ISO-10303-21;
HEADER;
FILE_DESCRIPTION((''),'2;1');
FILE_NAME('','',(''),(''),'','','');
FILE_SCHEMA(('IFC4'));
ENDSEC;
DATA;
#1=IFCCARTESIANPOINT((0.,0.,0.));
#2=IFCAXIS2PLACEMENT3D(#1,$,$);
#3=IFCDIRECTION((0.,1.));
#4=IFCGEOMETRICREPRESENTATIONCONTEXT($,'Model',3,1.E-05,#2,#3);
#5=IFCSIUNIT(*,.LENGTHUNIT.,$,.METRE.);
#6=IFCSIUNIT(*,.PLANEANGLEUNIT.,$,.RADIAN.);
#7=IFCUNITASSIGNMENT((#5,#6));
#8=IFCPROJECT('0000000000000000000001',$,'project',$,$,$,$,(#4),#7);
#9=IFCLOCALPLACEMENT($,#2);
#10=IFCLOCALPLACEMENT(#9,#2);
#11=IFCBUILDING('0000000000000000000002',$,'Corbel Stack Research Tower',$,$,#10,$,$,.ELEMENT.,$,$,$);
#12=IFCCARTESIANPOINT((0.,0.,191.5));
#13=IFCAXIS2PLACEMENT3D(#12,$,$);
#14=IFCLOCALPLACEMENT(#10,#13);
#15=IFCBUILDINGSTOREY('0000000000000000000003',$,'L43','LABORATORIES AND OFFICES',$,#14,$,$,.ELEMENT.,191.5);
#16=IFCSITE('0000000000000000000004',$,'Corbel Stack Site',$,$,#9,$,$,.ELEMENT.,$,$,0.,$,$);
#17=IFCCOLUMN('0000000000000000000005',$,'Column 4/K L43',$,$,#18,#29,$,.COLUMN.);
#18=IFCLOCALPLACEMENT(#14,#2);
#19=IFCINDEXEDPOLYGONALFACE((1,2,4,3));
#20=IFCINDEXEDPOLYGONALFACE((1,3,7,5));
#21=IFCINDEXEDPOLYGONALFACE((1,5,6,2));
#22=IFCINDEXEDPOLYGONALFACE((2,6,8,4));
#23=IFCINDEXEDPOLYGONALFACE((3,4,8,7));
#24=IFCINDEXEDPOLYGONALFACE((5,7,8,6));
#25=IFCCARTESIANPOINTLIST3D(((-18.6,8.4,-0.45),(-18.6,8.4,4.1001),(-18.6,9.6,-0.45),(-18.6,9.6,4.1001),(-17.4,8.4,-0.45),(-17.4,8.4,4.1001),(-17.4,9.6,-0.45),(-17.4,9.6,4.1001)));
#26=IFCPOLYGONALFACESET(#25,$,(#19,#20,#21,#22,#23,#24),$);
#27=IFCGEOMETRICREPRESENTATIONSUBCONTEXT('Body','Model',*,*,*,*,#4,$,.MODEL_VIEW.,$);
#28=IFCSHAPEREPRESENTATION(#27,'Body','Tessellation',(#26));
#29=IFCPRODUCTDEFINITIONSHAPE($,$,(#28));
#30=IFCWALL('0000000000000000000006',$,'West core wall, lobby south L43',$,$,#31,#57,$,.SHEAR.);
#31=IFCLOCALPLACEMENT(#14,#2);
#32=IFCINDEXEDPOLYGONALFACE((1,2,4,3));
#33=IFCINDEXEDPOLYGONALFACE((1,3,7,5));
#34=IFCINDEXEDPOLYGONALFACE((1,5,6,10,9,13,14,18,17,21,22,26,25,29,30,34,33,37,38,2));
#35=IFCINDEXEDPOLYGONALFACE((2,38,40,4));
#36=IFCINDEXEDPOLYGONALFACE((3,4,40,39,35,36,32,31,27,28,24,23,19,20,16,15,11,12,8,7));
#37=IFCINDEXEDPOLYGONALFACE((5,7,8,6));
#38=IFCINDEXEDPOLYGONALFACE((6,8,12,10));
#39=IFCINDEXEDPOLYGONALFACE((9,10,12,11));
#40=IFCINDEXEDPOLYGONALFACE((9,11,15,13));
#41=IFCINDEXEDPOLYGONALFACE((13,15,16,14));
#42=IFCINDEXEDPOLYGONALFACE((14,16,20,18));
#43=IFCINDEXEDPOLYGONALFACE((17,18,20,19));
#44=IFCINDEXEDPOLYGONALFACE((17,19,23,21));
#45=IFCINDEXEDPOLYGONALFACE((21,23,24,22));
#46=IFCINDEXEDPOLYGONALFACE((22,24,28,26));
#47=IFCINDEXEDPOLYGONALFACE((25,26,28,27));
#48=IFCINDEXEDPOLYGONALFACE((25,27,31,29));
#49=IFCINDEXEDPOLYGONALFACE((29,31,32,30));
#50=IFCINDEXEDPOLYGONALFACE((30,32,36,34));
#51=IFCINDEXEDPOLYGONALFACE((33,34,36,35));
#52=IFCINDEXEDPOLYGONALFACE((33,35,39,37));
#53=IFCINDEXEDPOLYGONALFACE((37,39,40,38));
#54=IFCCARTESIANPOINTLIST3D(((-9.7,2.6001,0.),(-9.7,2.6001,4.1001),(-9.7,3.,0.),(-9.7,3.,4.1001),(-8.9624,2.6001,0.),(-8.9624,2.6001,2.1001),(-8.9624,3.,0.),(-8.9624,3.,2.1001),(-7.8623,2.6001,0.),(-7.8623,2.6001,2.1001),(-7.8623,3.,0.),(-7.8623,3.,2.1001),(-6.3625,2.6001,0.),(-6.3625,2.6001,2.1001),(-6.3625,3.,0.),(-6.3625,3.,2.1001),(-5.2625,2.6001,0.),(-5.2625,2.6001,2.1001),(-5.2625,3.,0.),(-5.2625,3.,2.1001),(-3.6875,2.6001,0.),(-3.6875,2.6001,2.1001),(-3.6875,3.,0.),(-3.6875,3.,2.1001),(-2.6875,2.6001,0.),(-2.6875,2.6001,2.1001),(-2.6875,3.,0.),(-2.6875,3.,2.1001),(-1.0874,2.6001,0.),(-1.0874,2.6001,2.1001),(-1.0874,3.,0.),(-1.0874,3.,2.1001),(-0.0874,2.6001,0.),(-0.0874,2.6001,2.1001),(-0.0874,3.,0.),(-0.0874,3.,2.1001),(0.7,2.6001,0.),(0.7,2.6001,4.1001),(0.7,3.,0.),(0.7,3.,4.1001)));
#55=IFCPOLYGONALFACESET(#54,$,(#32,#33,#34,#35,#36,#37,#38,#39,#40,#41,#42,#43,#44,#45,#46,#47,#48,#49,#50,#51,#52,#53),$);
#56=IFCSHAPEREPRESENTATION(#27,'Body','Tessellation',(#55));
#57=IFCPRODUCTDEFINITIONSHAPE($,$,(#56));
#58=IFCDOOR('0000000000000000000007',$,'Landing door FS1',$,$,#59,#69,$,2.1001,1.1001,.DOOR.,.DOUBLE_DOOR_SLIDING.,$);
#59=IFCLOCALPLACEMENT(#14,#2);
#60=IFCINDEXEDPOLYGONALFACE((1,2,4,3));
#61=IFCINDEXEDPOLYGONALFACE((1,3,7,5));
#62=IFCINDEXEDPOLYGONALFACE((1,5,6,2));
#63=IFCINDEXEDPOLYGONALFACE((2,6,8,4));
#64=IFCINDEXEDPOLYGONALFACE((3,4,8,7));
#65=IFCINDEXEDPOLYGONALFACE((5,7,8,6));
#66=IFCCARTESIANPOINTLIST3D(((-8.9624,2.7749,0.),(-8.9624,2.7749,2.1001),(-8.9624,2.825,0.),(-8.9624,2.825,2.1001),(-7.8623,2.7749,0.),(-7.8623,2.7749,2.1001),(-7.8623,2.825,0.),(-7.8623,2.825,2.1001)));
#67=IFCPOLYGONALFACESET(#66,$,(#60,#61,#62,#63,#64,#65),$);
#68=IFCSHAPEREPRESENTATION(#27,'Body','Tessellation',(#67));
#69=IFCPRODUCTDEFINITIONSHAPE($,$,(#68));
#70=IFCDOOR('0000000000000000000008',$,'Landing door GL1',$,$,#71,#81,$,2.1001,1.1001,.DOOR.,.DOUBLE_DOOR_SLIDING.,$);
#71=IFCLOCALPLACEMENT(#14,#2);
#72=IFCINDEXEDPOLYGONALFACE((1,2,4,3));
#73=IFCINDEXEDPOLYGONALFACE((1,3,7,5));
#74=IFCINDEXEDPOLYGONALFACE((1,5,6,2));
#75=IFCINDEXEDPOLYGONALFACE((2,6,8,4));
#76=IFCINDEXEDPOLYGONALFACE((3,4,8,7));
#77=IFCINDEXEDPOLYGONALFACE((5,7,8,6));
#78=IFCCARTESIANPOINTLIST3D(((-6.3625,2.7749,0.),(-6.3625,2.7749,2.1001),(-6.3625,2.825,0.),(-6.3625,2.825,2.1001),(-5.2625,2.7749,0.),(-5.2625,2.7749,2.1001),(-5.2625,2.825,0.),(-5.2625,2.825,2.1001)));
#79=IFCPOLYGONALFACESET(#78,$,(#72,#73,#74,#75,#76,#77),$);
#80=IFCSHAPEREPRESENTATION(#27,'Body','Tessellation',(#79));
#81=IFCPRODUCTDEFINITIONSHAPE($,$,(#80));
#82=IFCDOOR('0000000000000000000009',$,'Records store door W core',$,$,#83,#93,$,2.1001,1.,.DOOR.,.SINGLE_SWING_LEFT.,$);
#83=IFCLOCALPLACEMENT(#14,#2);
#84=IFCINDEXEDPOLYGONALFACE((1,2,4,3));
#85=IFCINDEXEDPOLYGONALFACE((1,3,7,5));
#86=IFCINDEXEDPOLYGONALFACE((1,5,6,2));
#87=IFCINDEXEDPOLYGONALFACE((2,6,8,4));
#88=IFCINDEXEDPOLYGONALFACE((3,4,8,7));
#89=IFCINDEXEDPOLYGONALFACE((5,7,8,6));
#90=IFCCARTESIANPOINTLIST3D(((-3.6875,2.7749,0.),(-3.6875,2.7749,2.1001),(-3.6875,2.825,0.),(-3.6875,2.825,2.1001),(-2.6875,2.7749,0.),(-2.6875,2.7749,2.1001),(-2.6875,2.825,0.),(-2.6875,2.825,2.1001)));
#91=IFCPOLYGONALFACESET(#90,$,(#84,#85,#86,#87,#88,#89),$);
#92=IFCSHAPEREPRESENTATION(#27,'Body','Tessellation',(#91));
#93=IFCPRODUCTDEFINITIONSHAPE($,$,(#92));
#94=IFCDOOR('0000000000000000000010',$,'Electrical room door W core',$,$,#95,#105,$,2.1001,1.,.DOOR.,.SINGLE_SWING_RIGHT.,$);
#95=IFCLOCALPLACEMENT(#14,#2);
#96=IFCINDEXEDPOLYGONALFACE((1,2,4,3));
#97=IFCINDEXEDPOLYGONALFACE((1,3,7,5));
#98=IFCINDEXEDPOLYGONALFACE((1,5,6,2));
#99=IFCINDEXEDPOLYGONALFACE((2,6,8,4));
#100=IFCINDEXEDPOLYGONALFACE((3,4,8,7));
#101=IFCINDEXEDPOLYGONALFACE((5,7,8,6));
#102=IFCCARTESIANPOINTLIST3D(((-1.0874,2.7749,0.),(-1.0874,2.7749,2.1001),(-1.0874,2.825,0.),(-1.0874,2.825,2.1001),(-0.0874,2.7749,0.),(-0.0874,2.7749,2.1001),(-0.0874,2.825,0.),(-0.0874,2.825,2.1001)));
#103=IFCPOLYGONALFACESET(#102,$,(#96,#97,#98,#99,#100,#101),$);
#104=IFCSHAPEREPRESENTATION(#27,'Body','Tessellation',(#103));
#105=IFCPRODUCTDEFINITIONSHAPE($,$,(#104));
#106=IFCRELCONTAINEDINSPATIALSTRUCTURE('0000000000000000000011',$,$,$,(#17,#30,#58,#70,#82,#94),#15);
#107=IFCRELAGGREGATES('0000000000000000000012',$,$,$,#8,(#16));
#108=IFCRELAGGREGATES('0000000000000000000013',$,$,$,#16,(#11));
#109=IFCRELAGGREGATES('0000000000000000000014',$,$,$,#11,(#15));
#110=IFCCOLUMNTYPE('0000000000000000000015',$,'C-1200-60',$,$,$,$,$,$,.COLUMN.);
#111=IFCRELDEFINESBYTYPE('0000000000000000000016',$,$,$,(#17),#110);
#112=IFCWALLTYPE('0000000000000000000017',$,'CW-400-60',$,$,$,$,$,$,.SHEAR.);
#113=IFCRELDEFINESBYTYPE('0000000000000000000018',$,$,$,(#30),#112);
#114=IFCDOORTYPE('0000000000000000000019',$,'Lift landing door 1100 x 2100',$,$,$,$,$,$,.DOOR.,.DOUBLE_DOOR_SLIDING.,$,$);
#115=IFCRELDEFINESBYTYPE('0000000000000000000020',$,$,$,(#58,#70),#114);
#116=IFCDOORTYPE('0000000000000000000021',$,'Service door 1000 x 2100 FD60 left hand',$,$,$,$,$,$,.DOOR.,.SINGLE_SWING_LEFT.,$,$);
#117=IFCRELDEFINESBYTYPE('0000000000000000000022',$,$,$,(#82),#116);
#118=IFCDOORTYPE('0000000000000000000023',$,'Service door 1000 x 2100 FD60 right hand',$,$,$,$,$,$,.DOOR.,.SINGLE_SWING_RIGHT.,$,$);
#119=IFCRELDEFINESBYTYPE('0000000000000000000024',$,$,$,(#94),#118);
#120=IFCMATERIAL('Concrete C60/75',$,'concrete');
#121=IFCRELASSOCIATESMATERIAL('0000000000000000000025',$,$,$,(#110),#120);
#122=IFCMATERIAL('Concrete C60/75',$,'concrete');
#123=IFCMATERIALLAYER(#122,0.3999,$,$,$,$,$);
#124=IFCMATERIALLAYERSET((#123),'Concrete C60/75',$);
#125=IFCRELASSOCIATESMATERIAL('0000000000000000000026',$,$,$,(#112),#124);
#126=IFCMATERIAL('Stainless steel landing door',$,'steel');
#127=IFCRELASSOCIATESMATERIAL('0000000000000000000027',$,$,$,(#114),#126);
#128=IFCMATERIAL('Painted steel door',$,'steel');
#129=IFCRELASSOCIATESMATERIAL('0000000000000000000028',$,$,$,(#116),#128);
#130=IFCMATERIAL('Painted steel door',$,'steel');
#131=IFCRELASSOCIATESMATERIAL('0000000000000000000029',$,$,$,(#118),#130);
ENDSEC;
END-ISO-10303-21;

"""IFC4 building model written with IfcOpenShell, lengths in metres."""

from ifc_helpers import new_model, si_unit, direction, frame, frame_2d, origin, origin_2d, place, context, subcontext, project, spatial, rectangle, extrude, material, layer, layer_set, material_profile, profile_set, type_object, element, fill, save


model = new_model("IFC4")

# Units and contexts
model_context = context("Model", 3, precision=1e-05, world=origin(), true_north=direction((0.0, 1.0)))
body_context = subcontext(model_context, "Body", "Model", "MODEL_VIEW")
ifc_project = project(units=[si_unit("LENGTHUNIT", "METRE"), si_unit("PLANEANGLEUNIT", "RADIAN")], contexts=[model_context])

# Site, building, storey
site_placement = place(None, origin())
site = spatial("IfcSite", under=ifc_project, at=site_placement, Name="Corbel Stack Site", CompositionType="ELEMENT", RefElevation=0.0)
building_placement = place(site_placement, origin())
building = spatial("IfcBuilding", under=site, at=building_placement, Name="Corbel Stack Research Tower", CompositionType="ELEMENT")
storey_placement = place(building_placement, frame((0.0, 0.0, 191.5)))
storey = spatial("IfcBuildingStorey", under=building, at=storey_placement, Name="L43", Description="LABORATORIES AND OFFICES", CompositionType="ELEMENT", Elevation=191.5)

# Column
ifc_material_1 = material(Name="Concrete C60/75", Category="concrete")
ifc_material_profile = material_profile(ifc_material_1, rectangle(XDim=1.2, YDim=1.2, at=origin_2d()), Name="RC 1200 x 1200")
ifc_profile_set = profile_set([ifc_material_profile], Name="Concrete C60/75")
column_type = type_object("IfcColumnType", Name="C-1200-60", PredefinedType="COLUMN", material=ifc_profile_set)
column_placement = place(storey_placement, frame((-18.0, 9.0, -0.45), z_axis=(0.0, 0.0, 1.0), x_axis=(1.0, 0.0, 0.0)))
element("IfcColumn", 1, at=column_placement, inside=storey, type_object=column_type, Name="Column 4/K L43", PredefinedType="COLUMN", context=body_context, shape_type="SweptSolid", body=[
    extrude(rectangle(XDim=1.2, YDim=1.2, at=origin_2d()), origin(), (0.0, 0.0, 1.0), 4.55),
])

# Wall, openings, doors
ifc_material_2 = material(Name="Concrete C60/75", Category="concrete")
ifc_layer_1 = layer(ifc_material_2, 0.3999)
ifc_layer_set_1 = layer_set([ifc_layer_1], Name="Concrete C60/75")
wall_type_1 = type_object("IfcWallType", Name="CW-400-60", PredefinedType="SHEAR", material=ifc_layer_set_1)
wall_1_placement = place(storey_placement, frame((-9.7, 2.8, 0.0), z_axis=(0.0, 0.0, 1.0), x_axis=(1.0, 0.0, 0.0)))
wall_1 = element("IfcWall", 2, at=wall_1_placement, inside=storey, type_object=wall_type_1, Name="West core wall, lobby south L43", PredefinedType="SHEAR", context=body_context, shape_type="SweptSolid", body=[
    extrude(rectangle(XDim=10.3999, YDim=0.3999, at=frame_2d((5.2, 0.0))), origin(), (0.0, 0.0, 1.0), 4.1001),
])
opening_1_placement = place(wall_1_placement, frame((0.7375, 0.0, 0.0)))
opening_1 = element("IfcOpeningElement", 3, at=opening_1_placement, cuts=wall_1, PredefinedType="OPENING", context=body_context, shape_type="SweptSolid", body=[
    extrude(rectangle(XDim=1.1001, YDim=2.1001, at=frame_2d((0.55, 1.05))), frame((0.0, 0.21, 0.0), z_axis=(0.0, -1.0, 0.0), x_axis=(1.0, 0.0, 0.0)), (0.0, 0.0, 1.0), 0.4199),
])
opening_2_placement = place(wall_1_placement, frame((3.3374, 0.0, 0.0)))
opening_2 = element("IfcOpeningElement", 4, at=opening_2_placement, cuts=wall_1, PredefinedType="OPENING", context=body_context, shape_type="SweptSolid", body=[
    extrude(rectangle(XDim=1.1001, YDim=2.1001, at=frame_2d((0.55, 1.05))), frame((0.0, 0.21, 0.0), z_axis=(0.0, -1.0, 0.0), x_axis=(1.0, 0.0, 0.0)), (0.0, 0.0, 1.0), 0.4199),
])
opening_3_placement = place(wall_1_placement, frame((6.0125, 0.0, 0.0)))
opening_3 = element("IfcOpeningElement", 5, at=opening_3_placement, cuts=wall_1, PredefinedType="OPENING", context=body_context, shape_type="SweptSolid", body=[
    extrude(rectangle(XDim=1.0, YDim=2.1001, at=frame_2d((0.5, 1.05))), frame((0.0, 0.21, 0.0), z_axis=(0.0, -1.0, 0.0), x_axis=(1.0, 0.0, 0.0)), (0.0, 0.0, 1.0), 0.4199),
])
opening_4_placement = place(wall_1_placement, frame((8.6125, 0.0, 0.0)))
opening_4 = element("IfcOpeningElement", 6, at=opening_4_placement, cuts=wall_1, PredefinedType="OPENING", context=body_context, shape_type="SweptSolid", body=[
    extrude(rectangle(XDim=1.0, YDim=2.1001, at=frame_2d((0.5, 1.05))), frame((0.0, 0.21, 0.0), z_axis=(0.0, -1.0, 0.0), x_axis=(1.0, 0.0, 0.0)), (0.0, 0.0, 1.0), 0.4199),
])
ifc_material_3 = material(Name="Stainless steel landing door", Category="steel")
door_type_1 = type_object("IfcDoorType", Name="Lift landing door 1100 x 2100", OperationType="DOUBLE_DOOR_SLIDING", PredefinedType="DOOR", material=ifc_material_3)
door_1_placement = place(opening_1_placement, origin())
door_1 = element("IfcDoor", 7, at=door_1_placement, inside=storey, type_object=door_type_1, Name="Landing door FS1", OperationType="DOUBLE_DOOR_SLIDING", OverallHeight=2.1001, OverallWidth=1.1001, PredefinedType="DOOR", context=body_context, shape_type="SweptSolid", body=[
    extrude(rectangle(XDim=1.1001, YDim=2.1001, at=frame_2d((0.55, 1.05))), frame((0.0, 0.0249, 0.0), z_axis=(0.0, -1.0, 0.0), x_axis=(1.0, 0.0, 0.0)), (0.0, 0.0, 1.0), 0.05),
])
fill(opening_1, door_1)
door_2_placement = place(opening_2_placement, origin())
door_2 = element("IfcDoor", 8, at=door_2_placement, inside=storey, type_object=door_type_1, Name="Landing door GL1", OperationType="DOUBLE_DOOR_SLIDING", OverallHeight=2.1001, OverallWidth=1.1001, PredefinedType="DOOR", context=body_context, shape_type="SweptSolid", body=[
    extrude(rectangle(XDim=1.1001, YDim=2.1001, at=frame_2d((0.55, 1.05))), frame((0.0, 0.0249, 0.0), z_axis=(0.0, -1.0, 0.0), x_axis=(1.0, 0.0, 0.0)), (0.0, 0.0, 1.0), 0.05),
])
fill(opening_2, door_2)
ifc_material_4 = material(Name="Painted steel door", Category="steel")
door_type_2 = type_object("IfcDoorType", Name="Service door 1000 x 2100 FD60 left hand", OperationType="SINGLE_SWING_LEFT", PredefinedType="DOOR", material=ifc_material_4)
door_3_placement = place(opening_3_placement, origin())
door_3 = element("IfcDoor", 9, at=door_3_placement, inside=storey, type_object=door_type_2, Name="Records store door W core", OperationType="SINGLE_SWING_LEFT", OverallHeight=2.1001, OverallWidth=1.0, PredefinedType="DOOR", context=body_context, shape_type="SweptSolid", body=[
    extrude(rectangle(XDim=1.0, YDim=2.1001, at=frame_2d((0.5, 1.05))), frame((0.0, 0.0249, 0.0), z_axis=(0.0, -1.0, 0.0), x_axis=(1.0, 0.0, 0.0)), (0.0, 0.0, 1.0), 0.05),
])
fill(opening_3, door_3)
ifc_material_5 = material(Name="Painted steel door", Category="steel")
door_type_3 = type_object("IfcDoorType", Name="Service door 1000 x 2100 FD60 right hand", OperationType="SINGLE_SWING_RIGHT", PredefinedType="DOOR", material=ifc_material_5)
door_4_placement = place(opening_4_placement, origin())
door_4 = element("IfcDoor", 10, at=door_4_placement, inside=storey, type_object=door_type_3, Name="Electrical room door W core", OperationType="SINGLE_SWING_RIGHT", OverallHeight=2.1001, OverallWidth=1.0, PredefinedType="DOOR", context=body_context, shape_type="SweptSolid", body=[
    extrude(rectangle(XDim=1.0, YDim=2.1001, at=frame_2d((0.5, 1.05))), frame((0.0, 0.0249, 0.0), z_axis=(0.0, -1.0, 0.0), x_axis=(1.0, 0.0, 0.0)), (0.0, 0.0, 1.0), 0.05),
])
fill(opening_4, door_4)

save(model, "model.ifc")
